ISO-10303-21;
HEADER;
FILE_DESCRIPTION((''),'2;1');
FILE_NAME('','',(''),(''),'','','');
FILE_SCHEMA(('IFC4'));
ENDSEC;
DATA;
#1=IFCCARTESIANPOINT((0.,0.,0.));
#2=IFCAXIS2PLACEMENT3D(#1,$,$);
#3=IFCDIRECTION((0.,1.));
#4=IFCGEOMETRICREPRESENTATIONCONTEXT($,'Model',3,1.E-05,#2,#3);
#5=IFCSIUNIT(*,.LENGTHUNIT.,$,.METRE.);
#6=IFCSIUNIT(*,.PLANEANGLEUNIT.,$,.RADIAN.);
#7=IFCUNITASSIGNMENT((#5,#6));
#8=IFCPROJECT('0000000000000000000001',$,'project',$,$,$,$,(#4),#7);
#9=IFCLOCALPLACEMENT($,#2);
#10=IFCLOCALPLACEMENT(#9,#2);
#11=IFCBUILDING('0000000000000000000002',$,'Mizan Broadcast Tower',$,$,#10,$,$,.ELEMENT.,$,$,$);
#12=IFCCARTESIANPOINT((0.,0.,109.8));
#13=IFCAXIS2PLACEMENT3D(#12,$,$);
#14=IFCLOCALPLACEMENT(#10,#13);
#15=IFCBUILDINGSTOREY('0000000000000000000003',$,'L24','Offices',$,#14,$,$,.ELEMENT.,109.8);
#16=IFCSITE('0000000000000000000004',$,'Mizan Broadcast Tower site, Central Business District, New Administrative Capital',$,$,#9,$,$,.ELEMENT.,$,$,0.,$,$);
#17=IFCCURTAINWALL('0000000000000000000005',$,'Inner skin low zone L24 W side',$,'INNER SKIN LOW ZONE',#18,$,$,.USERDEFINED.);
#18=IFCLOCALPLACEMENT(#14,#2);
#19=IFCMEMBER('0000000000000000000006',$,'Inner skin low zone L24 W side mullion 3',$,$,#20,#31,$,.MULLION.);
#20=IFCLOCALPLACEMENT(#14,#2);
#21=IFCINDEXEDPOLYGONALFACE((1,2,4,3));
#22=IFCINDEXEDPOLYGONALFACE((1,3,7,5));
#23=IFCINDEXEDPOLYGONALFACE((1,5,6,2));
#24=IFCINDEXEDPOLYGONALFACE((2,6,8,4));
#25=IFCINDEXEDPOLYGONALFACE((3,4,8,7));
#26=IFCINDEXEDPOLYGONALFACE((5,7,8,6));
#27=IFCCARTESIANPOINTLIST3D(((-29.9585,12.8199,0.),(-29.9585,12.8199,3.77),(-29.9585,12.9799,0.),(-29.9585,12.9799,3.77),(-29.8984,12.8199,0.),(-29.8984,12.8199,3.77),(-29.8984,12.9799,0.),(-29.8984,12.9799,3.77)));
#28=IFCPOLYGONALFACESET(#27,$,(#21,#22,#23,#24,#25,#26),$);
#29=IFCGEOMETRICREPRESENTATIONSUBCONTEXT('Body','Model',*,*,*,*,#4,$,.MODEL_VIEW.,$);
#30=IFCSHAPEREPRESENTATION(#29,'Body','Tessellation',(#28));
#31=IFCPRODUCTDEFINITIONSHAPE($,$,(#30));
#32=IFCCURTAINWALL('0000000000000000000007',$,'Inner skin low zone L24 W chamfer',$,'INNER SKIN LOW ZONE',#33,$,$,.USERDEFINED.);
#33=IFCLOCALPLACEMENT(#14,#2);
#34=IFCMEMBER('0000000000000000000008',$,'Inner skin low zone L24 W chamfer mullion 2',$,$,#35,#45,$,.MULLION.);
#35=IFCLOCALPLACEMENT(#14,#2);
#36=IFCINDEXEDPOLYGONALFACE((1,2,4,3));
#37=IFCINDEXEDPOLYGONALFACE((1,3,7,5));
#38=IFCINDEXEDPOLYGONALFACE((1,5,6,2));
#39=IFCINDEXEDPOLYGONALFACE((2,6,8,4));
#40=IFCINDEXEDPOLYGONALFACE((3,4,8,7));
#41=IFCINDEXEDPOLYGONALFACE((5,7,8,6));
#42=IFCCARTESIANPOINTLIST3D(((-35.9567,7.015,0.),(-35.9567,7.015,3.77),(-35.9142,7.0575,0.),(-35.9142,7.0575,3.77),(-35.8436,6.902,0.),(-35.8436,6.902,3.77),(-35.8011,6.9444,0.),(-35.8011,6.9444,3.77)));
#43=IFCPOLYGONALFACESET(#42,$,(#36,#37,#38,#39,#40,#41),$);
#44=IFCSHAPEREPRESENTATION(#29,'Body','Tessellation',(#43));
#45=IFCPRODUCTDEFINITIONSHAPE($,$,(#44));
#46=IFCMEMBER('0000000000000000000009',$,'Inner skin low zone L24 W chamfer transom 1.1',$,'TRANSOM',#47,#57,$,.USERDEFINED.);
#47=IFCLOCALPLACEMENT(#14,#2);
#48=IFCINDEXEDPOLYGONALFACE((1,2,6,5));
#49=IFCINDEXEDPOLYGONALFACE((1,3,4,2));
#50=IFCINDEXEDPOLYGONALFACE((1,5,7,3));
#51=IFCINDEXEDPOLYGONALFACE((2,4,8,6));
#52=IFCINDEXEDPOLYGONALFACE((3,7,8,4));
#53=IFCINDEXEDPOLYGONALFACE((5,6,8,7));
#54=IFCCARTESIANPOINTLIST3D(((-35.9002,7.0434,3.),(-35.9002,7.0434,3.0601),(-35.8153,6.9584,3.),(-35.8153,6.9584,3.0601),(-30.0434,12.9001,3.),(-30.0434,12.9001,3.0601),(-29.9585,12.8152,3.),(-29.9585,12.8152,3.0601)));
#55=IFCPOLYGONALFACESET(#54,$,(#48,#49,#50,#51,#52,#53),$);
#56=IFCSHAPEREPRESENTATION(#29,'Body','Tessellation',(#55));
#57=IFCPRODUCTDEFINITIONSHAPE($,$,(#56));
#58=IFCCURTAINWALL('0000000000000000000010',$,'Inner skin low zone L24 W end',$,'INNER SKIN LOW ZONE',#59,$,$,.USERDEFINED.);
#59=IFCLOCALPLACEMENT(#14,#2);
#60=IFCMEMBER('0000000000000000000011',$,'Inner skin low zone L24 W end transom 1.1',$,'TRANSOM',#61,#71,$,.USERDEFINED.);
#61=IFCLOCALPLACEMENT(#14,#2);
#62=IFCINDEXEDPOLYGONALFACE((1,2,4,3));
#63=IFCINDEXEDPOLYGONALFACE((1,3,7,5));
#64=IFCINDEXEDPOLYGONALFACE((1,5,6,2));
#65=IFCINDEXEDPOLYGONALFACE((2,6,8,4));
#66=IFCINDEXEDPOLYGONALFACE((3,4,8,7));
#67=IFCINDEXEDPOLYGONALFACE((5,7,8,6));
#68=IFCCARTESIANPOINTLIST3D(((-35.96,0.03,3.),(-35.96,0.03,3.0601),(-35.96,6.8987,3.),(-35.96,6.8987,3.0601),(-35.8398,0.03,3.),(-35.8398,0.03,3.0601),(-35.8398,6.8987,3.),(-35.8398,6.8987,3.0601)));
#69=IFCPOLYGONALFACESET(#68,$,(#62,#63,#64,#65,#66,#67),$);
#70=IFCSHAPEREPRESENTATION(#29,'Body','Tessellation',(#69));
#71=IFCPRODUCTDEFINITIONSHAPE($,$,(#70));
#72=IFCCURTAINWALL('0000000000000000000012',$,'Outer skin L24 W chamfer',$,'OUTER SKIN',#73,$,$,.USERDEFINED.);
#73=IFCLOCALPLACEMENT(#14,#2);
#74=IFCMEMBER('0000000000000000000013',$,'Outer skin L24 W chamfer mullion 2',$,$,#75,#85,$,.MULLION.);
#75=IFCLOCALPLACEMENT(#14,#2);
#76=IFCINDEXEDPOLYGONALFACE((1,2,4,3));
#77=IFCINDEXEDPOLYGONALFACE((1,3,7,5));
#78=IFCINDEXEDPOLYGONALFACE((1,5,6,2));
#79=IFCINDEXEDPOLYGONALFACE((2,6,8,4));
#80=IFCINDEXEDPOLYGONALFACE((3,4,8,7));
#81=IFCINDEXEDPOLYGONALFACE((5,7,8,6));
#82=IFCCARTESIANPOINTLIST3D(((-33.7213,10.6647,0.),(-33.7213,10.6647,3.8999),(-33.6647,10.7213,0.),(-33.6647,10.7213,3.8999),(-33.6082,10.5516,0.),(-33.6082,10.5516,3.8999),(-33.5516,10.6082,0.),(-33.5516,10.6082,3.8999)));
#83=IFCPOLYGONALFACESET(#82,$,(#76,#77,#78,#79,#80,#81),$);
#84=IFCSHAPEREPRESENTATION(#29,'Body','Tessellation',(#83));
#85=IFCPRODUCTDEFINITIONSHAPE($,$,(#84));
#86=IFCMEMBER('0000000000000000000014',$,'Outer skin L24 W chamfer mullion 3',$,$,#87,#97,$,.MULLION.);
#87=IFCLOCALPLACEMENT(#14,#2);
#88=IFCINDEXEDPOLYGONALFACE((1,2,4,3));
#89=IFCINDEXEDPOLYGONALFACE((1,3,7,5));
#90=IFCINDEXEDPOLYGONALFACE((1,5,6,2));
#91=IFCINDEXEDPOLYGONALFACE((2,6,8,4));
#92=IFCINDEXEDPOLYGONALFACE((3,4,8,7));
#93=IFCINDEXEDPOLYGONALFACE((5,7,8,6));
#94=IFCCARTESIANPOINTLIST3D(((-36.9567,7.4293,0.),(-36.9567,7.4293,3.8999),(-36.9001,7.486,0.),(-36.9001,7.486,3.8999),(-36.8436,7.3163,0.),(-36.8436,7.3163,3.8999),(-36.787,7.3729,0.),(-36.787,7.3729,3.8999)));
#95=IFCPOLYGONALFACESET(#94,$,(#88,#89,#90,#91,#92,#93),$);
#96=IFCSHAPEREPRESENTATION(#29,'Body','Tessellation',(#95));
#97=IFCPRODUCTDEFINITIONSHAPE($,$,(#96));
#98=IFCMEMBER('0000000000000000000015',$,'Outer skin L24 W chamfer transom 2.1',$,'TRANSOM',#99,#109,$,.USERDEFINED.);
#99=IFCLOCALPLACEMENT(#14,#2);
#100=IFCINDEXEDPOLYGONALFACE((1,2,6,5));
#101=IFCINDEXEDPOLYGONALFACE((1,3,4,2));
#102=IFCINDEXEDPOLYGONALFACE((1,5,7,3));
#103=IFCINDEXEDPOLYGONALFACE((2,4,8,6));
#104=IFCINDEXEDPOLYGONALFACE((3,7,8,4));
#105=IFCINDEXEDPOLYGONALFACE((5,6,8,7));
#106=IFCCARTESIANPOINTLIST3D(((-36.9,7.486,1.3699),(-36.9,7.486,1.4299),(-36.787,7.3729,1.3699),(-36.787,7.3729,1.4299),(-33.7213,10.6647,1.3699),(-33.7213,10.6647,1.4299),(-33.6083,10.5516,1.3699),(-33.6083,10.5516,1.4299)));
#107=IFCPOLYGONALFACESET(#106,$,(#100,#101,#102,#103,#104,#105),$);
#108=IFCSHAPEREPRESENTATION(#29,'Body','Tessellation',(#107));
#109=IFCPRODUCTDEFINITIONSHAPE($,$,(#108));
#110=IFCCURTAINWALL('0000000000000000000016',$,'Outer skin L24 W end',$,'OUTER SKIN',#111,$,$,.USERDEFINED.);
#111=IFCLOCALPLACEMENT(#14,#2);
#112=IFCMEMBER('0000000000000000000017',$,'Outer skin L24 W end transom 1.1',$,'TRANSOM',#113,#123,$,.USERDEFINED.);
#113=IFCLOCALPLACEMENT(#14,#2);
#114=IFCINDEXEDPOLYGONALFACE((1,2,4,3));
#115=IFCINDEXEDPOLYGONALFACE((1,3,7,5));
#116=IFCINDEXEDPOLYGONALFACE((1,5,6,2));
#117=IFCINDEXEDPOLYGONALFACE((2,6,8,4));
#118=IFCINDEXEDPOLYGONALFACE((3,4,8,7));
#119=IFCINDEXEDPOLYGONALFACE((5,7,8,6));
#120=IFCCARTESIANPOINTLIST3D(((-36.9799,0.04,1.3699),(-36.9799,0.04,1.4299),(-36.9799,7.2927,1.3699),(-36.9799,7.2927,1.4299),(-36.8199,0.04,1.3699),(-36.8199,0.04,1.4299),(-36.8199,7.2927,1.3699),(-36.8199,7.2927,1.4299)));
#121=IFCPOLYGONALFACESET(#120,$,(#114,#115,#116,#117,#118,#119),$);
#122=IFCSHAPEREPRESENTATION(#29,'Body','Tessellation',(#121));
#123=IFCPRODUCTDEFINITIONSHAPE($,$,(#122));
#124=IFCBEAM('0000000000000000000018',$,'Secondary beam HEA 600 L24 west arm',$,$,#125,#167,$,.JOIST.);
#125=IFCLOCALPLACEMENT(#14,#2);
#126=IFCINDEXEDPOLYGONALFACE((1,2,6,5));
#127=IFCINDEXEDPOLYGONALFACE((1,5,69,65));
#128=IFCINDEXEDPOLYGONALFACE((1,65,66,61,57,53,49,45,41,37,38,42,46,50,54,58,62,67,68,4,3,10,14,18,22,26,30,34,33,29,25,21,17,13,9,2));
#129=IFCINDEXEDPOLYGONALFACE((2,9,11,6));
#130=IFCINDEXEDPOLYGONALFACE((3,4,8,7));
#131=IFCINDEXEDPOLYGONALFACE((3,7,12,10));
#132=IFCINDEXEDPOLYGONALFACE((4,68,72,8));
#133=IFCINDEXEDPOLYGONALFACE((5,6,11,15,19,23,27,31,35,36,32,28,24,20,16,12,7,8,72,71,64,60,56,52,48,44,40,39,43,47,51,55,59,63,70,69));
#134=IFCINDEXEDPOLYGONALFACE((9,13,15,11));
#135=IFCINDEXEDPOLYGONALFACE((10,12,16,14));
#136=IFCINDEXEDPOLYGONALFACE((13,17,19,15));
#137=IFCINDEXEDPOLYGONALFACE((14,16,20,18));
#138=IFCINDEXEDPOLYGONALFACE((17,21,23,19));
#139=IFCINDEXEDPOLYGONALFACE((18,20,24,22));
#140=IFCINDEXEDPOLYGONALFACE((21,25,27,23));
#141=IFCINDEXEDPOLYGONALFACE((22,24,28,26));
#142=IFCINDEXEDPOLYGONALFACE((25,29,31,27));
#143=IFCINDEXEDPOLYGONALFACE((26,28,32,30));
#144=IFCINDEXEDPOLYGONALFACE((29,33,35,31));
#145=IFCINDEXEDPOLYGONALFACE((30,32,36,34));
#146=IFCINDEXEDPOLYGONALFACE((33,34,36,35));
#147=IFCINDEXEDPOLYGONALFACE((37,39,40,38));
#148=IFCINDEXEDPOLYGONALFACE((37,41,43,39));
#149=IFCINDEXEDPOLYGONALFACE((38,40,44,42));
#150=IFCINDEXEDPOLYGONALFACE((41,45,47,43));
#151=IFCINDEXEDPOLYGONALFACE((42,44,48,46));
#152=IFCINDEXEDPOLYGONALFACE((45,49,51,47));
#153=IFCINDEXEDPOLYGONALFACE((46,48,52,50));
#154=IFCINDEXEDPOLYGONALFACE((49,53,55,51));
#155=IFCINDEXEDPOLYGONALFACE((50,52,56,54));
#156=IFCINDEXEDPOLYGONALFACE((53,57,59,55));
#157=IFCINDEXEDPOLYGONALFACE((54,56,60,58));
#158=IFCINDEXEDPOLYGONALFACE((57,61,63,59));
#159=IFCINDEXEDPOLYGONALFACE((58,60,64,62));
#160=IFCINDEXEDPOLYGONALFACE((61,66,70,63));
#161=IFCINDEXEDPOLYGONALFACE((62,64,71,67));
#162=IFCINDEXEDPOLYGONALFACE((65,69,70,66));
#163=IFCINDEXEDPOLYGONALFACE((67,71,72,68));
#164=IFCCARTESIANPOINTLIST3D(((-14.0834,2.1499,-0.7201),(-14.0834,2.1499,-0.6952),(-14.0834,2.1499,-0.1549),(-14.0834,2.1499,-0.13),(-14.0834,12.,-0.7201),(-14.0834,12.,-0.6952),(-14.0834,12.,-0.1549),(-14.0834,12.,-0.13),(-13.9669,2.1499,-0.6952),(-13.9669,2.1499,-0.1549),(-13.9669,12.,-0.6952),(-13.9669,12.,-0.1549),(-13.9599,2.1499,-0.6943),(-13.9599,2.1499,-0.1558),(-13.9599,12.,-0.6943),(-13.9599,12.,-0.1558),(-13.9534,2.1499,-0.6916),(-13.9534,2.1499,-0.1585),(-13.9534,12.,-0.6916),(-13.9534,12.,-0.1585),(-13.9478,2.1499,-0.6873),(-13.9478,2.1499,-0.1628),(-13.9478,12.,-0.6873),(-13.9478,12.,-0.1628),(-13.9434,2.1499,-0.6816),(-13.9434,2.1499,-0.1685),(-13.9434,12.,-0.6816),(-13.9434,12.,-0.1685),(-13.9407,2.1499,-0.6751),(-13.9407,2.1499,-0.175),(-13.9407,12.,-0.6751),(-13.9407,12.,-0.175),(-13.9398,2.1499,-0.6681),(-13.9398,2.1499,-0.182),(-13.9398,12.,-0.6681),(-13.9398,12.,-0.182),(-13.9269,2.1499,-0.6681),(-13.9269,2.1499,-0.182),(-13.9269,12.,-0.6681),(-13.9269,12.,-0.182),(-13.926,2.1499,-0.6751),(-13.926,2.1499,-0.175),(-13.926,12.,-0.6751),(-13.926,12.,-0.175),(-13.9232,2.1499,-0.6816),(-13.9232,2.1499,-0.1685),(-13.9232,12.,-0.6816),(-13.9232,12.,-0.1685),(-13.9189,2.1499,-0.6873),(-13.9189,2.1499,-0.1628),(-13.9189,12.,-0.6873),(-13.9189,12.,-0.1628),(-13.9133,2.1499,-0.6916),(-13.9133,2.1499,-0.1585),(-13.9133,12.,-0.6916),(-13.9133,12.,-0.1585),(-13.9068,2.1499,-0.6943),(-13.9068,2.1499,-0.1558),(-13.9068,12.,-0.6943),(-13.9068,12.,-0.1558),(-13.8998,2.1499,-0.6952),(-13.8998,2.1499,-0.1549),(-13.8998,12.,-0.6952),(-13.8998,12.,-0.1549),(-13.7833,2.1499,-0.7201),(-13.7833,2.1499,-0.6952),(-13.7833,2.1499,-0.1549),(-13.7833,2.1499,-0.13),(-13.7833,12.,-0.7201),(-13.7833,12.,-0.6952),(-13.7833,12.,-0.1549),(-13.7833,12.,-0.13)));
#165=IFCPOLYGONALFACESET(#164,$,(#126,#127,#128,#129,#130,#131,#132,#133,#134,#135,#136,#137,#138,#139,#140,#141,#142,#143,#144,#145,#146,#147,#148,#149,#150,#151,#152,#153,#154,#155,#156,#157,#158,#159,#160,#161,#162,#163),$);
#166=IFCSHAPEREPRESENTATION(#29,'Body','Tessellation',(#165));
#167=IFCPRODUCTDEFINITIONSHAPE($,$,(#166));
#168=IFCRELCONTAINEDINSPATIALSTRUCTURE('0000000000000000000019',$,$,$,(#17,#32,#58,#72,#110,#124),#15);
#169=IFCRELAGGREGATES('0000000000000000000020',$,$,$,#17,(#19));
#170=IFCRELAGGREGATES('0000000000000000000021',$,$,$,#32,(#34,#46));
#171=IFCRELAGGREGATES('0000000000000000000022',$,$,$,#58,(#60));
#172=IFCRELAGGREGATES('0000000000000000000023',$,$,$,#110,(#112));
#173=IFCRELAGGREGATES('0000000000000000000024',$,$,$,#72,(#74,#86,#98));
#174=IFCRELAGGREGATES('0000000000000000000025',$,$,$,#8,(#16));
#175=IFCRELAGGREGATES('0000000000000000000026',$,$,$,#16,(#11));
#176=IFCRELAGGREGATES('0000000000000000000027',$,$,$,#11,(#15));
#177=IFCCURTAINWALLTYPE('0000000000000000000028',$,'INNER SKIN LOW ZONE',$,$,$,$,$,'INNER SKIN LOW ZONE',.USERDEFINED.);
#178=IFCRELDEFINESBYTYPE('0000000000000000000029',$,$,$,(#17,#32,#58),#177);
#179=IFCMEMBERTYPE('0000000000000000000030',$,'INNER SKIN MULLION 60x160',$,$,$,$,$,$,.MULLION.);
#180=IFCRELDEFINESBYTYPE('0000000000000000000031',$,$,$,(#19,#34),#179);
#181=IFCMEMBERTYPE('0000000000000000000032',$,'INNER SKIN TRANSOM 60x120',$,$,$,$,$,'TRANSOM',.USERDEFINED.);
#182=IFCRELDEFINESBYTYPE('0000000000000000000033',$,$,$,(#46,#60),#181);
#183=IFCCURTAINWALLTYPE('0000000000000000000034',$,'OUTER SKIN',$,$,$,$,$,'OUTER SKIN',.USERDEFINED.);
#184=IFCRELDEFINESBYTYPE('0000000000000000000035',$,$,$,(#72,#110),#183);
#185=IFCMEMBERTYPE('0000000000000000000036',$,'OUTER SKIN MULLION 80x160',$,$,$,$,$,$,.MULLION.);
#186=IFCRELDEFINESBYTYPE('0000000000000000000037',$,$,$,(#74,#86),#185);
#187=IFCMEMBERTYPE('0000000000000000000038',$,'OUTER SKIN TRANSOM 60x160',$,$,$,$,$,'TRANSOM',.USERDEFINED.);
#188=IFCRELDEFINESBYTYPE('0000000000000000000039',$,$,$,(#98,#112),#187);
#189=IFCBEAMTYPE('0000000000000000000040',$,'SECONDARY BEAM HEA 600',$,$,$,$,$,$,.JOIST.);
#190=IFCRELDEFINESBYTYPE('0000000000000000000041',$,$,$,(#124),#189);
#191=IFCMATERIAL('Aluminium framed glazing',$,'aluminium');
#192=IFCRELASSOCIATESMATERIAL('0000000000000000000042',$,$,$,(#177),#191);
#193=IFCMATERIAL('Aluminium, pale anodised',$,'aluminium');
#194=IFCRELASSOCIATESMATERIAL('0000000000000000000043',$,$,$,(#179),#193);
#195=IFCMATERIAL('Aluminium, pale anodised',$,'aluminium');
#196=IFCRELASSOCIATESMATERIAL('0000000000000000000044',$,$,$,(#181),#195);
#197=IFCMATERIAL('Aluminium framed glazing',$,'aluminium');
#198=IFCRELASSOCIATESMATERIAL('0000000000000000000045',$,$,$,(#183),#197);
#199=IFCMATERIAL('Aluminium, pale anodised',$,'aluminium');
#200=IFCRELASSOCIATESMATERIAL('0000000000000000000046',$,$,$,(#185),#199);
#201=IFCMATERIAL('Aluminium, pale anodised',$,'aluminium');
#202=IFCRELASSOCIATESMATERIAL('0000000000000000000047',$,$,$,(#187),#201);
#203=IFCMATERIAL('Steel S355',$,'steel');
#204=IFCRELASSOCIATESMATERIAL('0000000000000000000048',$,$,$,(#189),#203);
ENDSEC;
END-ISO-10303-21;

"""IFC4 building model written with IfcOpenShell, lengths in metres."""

from ifc_helpers import new_model, si_unit, direction, frame, origin, origin_2d, place, context, subcontext, project, spatial, rectangle, i_section, extrude, material, material_profile, profile_set, type_object, element, aggregate, save


model = new_model("IFC4")

# Units and contexts
model_context = context("Model", 3, precision=1e-05, world=origin(), true_north=direction((0.0, 1.0)))
body_context = subcontext(model_context, "Body", "Model", "MODEL_VIEW")
ifc_project = project(units=[si_unit("LENGTHUNIT", "METRE"), si_unit("PLANEANGLEUNIT", "RADIAN")], contexts=[model_context])

# Site, building, storey
site_placement = place(None, origin())
site = spatial("IfcSite", under=ifc_project, at=site_placement, Name="Mizan Broadcast Tower site, Central Business District, New Administrative Capital", CompositionType="ELEMENT", RefElevation=0.0)
building_placement = place(site_placement, origin())
building = spatial("IfcBuilding", under=site, at=building_placement, Name="Mizan Broadcast Tower", CompositionType="ELEMENT")
storey_placement = place(building_placement, frame((0.0, 0.0, 109.8)))
storey = spatial("IfcBuildingStorey", under=building, at=storey_placement, Name="L24", Description="Offices", CompositionType="ELEMENT", Elevation=109.8)

# Curtain wall, member
ifc_material_1 = material(Name="Aluminium framed glazing", Category="aluminium")
curtain_wall_type_1 = type_object("IfcCurtainWallType", Name="INNER SKIN LOW ZONE", ElementType="INNER SKIN LOW ZONE", PredefinedType="USERDEFINED", material=ifc_material_1)
curtain_wall_1_placement = place(storey_placement, origin())
curtain_wall_1 = element("IfcCurtainWall", 1, at=curtain_wall_1_placement, inside=storey, type_object=curtain_wall_type_1, Name="Inner skin low zone L24 W side", ObjectType="INNER SKIN LOW ZONE", PredefinedType="USERDEFINED")
ifc_material_2 = material(Name="Aluminium, pale anodised", Category="aluminium")
ifc_material_profile_1 = material_profile(ifc_material_2, rectangle(XDim=0.1599, YDim=0.0601, at=origin_2d()), Name="MULLION 160x60")
ifc_profile_set_1 = profile_set([ifc_material_profile_1], Name="Aluminium, pale anodised")
member_type_1 = type_object("IfcMemberType", Name="INNER SKIN MULLION 60x160", PredefinedType="MULLION", material=ifc_profile_set_1)
member_1_placement = place(storey_placement, frame((-29.9285, 12.8999, 0.0), z_axis=(0.0, 0.0, 1.0), x_axis=(0.0, -1.0, 0.0)))
member_1 = element("IfcMember", 2, at=member_1_placement, type_object=member_type_1, Name="Inner skin low zone L24 W side mullion 3", PredefinedType="MULLION", context=body_context, shape_type="SweptSolid", body=[
    extrude(rectangle(XDim=0.1599, YDim=0.0601, at=origin_2d()), origin(), (0.0, 0.0, 1.0), 3.77),
])
aggregate(curtain_wall_1, [member_1])

# Curtain wall, members
curtain_wall_2_placement = place(storey_placement, origin())
curtain_wall_2 = element("IfcCurtainWall", 3, at=curtain_wall_2_placement, inside=storey, type_object=curtain_wall_type_1, Name="Inner skin low zone L24 W chamfer", ObjectType="INNER SKIN LOW ZONE", PredefinedType="USERDEFINED")
member_2_placement = place(storey_placement, frame((-35.8789, 6.9797, 0.0), z_axis=(0.0, 0.0, 1.0), x_axis=(0.707107, -0.707107, 0.0)))
member_2 = element("IfcMember", 4, at=member_2_placement, type_object=member_type_1, Name="Inner skin low zone L24 W chamfer mullion 2", PredefinedType="MULLION", context=body_context, shape_type="SweptSolid", body=[
    extrude(rectangle(XDim=0.1599, YDim=0.0601, at=origin_2d()), origin(), (0.0, 0.0, 1.0), 3.77),
])
ifc_material_3 = material(Name="Aluminium, pale anodised", Category="aluminium")
ifc_material_profile_2 = material_profile(ifc_material_3, rectangle(XDim=0.1201, YDim=0.0601, at=origin_2d()), Name="TRANSOM 120x60")
ifc_profile_set_2 = profile_set([ifc_material_profile_2], Name="Aluminium, pale anodised")
member_type_2 = type_object("IfcMemberType", Name="INNER SKIN TRANSOM 60x120", ElementType="TRANSOM", PredefinedType="USERDEFINED", material=ifc_profile_set_2)
member_3_placement = place(storey_placement, frame((-30.001, 12.8577, 3.03), z_axis=(-0.707107, -0.707107, 0.0), x_axis=(0.707107, -0.707107, 0.0)))
member_3 = element("IfcMember", 5, at=member_3_placement, type_object=member_type_2, Name="Inner skin low zone L24 W chamfer transom 1.1", ObjectType="TRANSOM", PredefinedType="USERDEFINED", context=body_context, shape_type="SweptSolid", body=[
    extrude(rectangle(XDim=0.1201, YDim=0.0601, at=origin_2d()), origin(), (0.0, 0.0, 1.0), 8.2827),
])

# Curtain wall, member
curtain_wall_3_placement = place(storey_placement, origin())
curtain_wall_3 = element("IfcCurtainWall", 6, at=curtain_wall_3_placement, inside=storey, type_object=curtain_wall_type_1, Name="Inner skin low zone L24 W end", ObjectType="INNER SKIN LOW ZONE", PredefinedType="USERDEFINED")
member_4_placement = place(storey_placement, frame((-35.8999, 6.8987, 3.03), z_axis=(0.0, -1.0, 0.0), x_axis=(1.0, 0.0, 0.0)))
member_4 = element("IfcMember", 7, at=member_4_placement, type_object=member_type_2, Name="Inner skin low zone L24 W end transom 1.1", ObjectType="TRANSOM", PredefinedType="USERDEFINED", context=body_context, shape_type="SweptSolid", body=[
    extrude(rectangle(XDim=0.1201, YDim=0.0601, at=origin_2d()), origin(), (0.0, 0.0, 1.0), 6.8687),
])

# Curtain wall, members
ifc_material_4 = material(Name="Aluminium framed glazing", Category="aluminium")
curtain_wall_type_2 = type_object("IfcCurtainWallType", Name="OUTER SKIN", ElementType="OUTER SKIN", PredefinedType="USERDEFINED", material=ifc_material_4)
curtain_wall_4_placement = place(storey_placement, origin())
curtain_wall_4 = element("IfcCurtainWall", 8, at=curtain_wall_4_placement, inside=storey, type_object=curtain_wall_type_2, Name="Outer skin L24 W chamfer", ObjectType="OUTER SKIN", PredefinedType="USERDEFINED")
ifc_material_5 = material(Name="Aluminium, pale anodised", Category="aluminium")
ifc_material_profile_3 = material_profile(ifc_material_5, rectangle(XDim=0.1599, YDim=0.0801, at=origin_2d()), Name="MULLION 160x80")
ifc_profile_set_3 = profile_set([ifc_material_profile_3], Name="Aluminium, pale anodised")
member_type_3 = type_object("IfcMemberType", Name="OUTER SKIN MULLION 80x160", PredefinedType="MULLION", material=ifc_profile_set_3)
member_5_placement = place(storey_placement, frame((-33.6365, 10.6365, 0.0), z_axis=(0.0, 0.0, 1.0), x_axis=(0.707107, -0.707107, 0.0)))
member_5 = element("IfcMember", 9, at=member_5_placement, type_object=member_type_3, Name="Outer skin L24 W chamfer mullion 2", PredefinedType="MULLION", context=body_context, shape_type="SweptSolid", body=[
    extrude(rectangle(XDim=0.1599, YDim=0.0801, at=origin_2d()), origin(), (0.0, 0.0, 1.0), 3.8999),
])
member_6_placement = place(storey_placement, frame((-36.8718, 7.4011, 0.0), z_axis=(0.0, 0.0, 1.0), x_axis=(0.707107, -0.707107, 0.0)))
member_6 = element("IfcMember", 10, at=member_6_placement, type_object=member_type_3, Name="Outer skin L24 W chamfer mullion 3", PredefinedType="MULLION", context=body_context, shape_type="SweptSolid", body=[
    extrude(rectangle(XDim=0.1599, YDim=0.0801, at=origin_2d()), origin(), (0.0, 0.0, 1.0), 3.8999),
])
ifc_material_6 = material(Name="Aluminium, pale anodised", Category="aluminium")
ifc_material_profile_4 = material_profile(ifc_material_6, rectangle(XDim=0.1599, YDim=0.0601, at=origin_2d()), Name="TRANSOM 160x60")
ifc_profile_set_4 = profile_set([ifc_material_profile_4], Name="Aluminium, pale anodised")
member_type_4 = type_object("IfcMemberType", Name="OUTER SKIN TRANSOM 60x160", ElementType="TRANSOM", PredefinedType="USERDEFINED", material=ifc_profile_set_4)
member_7_placement = place(storey_placement, frame((-33.6648, 10.6082, 1.3999), z_axis=(-0.707107, -0.707107, 0.0), x_axis=(0.707107, -0.707107, 0.0)))
member_7 = element("IfcMember", 11, at=member_7_placement, type_object=member_type_4, Name="Outer skin L24 W chamfer transom 2.1", ObjectType="TRANSOM", PredefinedType="USERDEFINED", context=body_context, shape_type="SweptSolid", body=[
    extrude(rectangle(XDim=0.1599, YDim=0.0601, at=origin_2d()), origin(), (0.0, 0.0, 1.0), 4.4954),
])

# Curtain wall, member
curtain_wall_5_placement = place(storey_placement, origin())
curtain_wall_5 = element("IfcCurtainWall", 12, at=curtain_wall_5_placement, inside=storey, type_object=curtain_wall_type_2, Name="Outer skin L24 W end", ObjectType="OUTER SKIN", PredefinedType="USERDEFINED")
member_8_placement = place(storey_placement, frame((-36.8999, 7.2927, 1.3999), z_axis=(0.0, -1.0, 0.0), x_axis=(1.0, 0.0, 0.0)))
member_8 = element("IfcMember", 13, at=member_8_placement, type_object=member_type_4, Name="Outer skin L24 W end transom 1.1", ObjectType="TRANSOM", PredefinedType="USERDEFINED", context=body_context, shape_type="SweptSolid", body=[
    extrude(rectangle(XDim=0.1599, YDim=0.0601, at=origin_2d()), origin(), (0.0, 0.0, 1.0), 7.2527),
])

# Beam
ifc_material_7 = material(Name="Steel S355", Category="steel")
ifc_material_profile_5 = material_profile(ifc_material_7, i_section(OverallWidth=0.3, OverallDepth=0.5901, WebThickness=0.0129, FlangeThickness=0.0249, FilletRadius=0.0271, at=origin_2d()), Name="HEA 600")
ifc_profile_set_5 = profile_set([ifc_material_profile_5], Name="Steel S355")
beam_type_1 = type_object("IfcBeamType", Name="SECONDARY BEAM HEA 600", PredefinedType="JOIST", material=ifc_profile_set_5)
for number, where, z_axis, x_axis, name in (
    (14, (-13.9333, 12.0, -0.425), (0.0, -1.0, 0.0), (1.0, 0.0, 0.0), "Secondary beam HEA 600 L24 west arm"),
):
    element("IfcBeam", number, at=place(storey_placement, frame(where, z_axis=z_axis, x_axis=x_axis)), inside=storey, type_object=beam_type_1, Name=name, PredefinedType="JOIST", context=body_context, shape_type="SweptSolid", body=[
        extrude(i_section(OverallWidth=0.3, OverallDepth=0.5901, WebThickness=0.0129, FlangeThickness=0.0249, FilletRadius=0.0271, at=origin_2d()), origin(), (0.0, 0.0, 1.0), 9.8501),
    ])

aggregate(curtain_wall_2, [member_2, member_3])
aggregate(curtain_wall_3, [member_4])
aggregate(curtain_wall_5, [member_8])
aggregate(curtain_wall_4, [member_5, member_6, member_7])

save(model, "model.ifc")
